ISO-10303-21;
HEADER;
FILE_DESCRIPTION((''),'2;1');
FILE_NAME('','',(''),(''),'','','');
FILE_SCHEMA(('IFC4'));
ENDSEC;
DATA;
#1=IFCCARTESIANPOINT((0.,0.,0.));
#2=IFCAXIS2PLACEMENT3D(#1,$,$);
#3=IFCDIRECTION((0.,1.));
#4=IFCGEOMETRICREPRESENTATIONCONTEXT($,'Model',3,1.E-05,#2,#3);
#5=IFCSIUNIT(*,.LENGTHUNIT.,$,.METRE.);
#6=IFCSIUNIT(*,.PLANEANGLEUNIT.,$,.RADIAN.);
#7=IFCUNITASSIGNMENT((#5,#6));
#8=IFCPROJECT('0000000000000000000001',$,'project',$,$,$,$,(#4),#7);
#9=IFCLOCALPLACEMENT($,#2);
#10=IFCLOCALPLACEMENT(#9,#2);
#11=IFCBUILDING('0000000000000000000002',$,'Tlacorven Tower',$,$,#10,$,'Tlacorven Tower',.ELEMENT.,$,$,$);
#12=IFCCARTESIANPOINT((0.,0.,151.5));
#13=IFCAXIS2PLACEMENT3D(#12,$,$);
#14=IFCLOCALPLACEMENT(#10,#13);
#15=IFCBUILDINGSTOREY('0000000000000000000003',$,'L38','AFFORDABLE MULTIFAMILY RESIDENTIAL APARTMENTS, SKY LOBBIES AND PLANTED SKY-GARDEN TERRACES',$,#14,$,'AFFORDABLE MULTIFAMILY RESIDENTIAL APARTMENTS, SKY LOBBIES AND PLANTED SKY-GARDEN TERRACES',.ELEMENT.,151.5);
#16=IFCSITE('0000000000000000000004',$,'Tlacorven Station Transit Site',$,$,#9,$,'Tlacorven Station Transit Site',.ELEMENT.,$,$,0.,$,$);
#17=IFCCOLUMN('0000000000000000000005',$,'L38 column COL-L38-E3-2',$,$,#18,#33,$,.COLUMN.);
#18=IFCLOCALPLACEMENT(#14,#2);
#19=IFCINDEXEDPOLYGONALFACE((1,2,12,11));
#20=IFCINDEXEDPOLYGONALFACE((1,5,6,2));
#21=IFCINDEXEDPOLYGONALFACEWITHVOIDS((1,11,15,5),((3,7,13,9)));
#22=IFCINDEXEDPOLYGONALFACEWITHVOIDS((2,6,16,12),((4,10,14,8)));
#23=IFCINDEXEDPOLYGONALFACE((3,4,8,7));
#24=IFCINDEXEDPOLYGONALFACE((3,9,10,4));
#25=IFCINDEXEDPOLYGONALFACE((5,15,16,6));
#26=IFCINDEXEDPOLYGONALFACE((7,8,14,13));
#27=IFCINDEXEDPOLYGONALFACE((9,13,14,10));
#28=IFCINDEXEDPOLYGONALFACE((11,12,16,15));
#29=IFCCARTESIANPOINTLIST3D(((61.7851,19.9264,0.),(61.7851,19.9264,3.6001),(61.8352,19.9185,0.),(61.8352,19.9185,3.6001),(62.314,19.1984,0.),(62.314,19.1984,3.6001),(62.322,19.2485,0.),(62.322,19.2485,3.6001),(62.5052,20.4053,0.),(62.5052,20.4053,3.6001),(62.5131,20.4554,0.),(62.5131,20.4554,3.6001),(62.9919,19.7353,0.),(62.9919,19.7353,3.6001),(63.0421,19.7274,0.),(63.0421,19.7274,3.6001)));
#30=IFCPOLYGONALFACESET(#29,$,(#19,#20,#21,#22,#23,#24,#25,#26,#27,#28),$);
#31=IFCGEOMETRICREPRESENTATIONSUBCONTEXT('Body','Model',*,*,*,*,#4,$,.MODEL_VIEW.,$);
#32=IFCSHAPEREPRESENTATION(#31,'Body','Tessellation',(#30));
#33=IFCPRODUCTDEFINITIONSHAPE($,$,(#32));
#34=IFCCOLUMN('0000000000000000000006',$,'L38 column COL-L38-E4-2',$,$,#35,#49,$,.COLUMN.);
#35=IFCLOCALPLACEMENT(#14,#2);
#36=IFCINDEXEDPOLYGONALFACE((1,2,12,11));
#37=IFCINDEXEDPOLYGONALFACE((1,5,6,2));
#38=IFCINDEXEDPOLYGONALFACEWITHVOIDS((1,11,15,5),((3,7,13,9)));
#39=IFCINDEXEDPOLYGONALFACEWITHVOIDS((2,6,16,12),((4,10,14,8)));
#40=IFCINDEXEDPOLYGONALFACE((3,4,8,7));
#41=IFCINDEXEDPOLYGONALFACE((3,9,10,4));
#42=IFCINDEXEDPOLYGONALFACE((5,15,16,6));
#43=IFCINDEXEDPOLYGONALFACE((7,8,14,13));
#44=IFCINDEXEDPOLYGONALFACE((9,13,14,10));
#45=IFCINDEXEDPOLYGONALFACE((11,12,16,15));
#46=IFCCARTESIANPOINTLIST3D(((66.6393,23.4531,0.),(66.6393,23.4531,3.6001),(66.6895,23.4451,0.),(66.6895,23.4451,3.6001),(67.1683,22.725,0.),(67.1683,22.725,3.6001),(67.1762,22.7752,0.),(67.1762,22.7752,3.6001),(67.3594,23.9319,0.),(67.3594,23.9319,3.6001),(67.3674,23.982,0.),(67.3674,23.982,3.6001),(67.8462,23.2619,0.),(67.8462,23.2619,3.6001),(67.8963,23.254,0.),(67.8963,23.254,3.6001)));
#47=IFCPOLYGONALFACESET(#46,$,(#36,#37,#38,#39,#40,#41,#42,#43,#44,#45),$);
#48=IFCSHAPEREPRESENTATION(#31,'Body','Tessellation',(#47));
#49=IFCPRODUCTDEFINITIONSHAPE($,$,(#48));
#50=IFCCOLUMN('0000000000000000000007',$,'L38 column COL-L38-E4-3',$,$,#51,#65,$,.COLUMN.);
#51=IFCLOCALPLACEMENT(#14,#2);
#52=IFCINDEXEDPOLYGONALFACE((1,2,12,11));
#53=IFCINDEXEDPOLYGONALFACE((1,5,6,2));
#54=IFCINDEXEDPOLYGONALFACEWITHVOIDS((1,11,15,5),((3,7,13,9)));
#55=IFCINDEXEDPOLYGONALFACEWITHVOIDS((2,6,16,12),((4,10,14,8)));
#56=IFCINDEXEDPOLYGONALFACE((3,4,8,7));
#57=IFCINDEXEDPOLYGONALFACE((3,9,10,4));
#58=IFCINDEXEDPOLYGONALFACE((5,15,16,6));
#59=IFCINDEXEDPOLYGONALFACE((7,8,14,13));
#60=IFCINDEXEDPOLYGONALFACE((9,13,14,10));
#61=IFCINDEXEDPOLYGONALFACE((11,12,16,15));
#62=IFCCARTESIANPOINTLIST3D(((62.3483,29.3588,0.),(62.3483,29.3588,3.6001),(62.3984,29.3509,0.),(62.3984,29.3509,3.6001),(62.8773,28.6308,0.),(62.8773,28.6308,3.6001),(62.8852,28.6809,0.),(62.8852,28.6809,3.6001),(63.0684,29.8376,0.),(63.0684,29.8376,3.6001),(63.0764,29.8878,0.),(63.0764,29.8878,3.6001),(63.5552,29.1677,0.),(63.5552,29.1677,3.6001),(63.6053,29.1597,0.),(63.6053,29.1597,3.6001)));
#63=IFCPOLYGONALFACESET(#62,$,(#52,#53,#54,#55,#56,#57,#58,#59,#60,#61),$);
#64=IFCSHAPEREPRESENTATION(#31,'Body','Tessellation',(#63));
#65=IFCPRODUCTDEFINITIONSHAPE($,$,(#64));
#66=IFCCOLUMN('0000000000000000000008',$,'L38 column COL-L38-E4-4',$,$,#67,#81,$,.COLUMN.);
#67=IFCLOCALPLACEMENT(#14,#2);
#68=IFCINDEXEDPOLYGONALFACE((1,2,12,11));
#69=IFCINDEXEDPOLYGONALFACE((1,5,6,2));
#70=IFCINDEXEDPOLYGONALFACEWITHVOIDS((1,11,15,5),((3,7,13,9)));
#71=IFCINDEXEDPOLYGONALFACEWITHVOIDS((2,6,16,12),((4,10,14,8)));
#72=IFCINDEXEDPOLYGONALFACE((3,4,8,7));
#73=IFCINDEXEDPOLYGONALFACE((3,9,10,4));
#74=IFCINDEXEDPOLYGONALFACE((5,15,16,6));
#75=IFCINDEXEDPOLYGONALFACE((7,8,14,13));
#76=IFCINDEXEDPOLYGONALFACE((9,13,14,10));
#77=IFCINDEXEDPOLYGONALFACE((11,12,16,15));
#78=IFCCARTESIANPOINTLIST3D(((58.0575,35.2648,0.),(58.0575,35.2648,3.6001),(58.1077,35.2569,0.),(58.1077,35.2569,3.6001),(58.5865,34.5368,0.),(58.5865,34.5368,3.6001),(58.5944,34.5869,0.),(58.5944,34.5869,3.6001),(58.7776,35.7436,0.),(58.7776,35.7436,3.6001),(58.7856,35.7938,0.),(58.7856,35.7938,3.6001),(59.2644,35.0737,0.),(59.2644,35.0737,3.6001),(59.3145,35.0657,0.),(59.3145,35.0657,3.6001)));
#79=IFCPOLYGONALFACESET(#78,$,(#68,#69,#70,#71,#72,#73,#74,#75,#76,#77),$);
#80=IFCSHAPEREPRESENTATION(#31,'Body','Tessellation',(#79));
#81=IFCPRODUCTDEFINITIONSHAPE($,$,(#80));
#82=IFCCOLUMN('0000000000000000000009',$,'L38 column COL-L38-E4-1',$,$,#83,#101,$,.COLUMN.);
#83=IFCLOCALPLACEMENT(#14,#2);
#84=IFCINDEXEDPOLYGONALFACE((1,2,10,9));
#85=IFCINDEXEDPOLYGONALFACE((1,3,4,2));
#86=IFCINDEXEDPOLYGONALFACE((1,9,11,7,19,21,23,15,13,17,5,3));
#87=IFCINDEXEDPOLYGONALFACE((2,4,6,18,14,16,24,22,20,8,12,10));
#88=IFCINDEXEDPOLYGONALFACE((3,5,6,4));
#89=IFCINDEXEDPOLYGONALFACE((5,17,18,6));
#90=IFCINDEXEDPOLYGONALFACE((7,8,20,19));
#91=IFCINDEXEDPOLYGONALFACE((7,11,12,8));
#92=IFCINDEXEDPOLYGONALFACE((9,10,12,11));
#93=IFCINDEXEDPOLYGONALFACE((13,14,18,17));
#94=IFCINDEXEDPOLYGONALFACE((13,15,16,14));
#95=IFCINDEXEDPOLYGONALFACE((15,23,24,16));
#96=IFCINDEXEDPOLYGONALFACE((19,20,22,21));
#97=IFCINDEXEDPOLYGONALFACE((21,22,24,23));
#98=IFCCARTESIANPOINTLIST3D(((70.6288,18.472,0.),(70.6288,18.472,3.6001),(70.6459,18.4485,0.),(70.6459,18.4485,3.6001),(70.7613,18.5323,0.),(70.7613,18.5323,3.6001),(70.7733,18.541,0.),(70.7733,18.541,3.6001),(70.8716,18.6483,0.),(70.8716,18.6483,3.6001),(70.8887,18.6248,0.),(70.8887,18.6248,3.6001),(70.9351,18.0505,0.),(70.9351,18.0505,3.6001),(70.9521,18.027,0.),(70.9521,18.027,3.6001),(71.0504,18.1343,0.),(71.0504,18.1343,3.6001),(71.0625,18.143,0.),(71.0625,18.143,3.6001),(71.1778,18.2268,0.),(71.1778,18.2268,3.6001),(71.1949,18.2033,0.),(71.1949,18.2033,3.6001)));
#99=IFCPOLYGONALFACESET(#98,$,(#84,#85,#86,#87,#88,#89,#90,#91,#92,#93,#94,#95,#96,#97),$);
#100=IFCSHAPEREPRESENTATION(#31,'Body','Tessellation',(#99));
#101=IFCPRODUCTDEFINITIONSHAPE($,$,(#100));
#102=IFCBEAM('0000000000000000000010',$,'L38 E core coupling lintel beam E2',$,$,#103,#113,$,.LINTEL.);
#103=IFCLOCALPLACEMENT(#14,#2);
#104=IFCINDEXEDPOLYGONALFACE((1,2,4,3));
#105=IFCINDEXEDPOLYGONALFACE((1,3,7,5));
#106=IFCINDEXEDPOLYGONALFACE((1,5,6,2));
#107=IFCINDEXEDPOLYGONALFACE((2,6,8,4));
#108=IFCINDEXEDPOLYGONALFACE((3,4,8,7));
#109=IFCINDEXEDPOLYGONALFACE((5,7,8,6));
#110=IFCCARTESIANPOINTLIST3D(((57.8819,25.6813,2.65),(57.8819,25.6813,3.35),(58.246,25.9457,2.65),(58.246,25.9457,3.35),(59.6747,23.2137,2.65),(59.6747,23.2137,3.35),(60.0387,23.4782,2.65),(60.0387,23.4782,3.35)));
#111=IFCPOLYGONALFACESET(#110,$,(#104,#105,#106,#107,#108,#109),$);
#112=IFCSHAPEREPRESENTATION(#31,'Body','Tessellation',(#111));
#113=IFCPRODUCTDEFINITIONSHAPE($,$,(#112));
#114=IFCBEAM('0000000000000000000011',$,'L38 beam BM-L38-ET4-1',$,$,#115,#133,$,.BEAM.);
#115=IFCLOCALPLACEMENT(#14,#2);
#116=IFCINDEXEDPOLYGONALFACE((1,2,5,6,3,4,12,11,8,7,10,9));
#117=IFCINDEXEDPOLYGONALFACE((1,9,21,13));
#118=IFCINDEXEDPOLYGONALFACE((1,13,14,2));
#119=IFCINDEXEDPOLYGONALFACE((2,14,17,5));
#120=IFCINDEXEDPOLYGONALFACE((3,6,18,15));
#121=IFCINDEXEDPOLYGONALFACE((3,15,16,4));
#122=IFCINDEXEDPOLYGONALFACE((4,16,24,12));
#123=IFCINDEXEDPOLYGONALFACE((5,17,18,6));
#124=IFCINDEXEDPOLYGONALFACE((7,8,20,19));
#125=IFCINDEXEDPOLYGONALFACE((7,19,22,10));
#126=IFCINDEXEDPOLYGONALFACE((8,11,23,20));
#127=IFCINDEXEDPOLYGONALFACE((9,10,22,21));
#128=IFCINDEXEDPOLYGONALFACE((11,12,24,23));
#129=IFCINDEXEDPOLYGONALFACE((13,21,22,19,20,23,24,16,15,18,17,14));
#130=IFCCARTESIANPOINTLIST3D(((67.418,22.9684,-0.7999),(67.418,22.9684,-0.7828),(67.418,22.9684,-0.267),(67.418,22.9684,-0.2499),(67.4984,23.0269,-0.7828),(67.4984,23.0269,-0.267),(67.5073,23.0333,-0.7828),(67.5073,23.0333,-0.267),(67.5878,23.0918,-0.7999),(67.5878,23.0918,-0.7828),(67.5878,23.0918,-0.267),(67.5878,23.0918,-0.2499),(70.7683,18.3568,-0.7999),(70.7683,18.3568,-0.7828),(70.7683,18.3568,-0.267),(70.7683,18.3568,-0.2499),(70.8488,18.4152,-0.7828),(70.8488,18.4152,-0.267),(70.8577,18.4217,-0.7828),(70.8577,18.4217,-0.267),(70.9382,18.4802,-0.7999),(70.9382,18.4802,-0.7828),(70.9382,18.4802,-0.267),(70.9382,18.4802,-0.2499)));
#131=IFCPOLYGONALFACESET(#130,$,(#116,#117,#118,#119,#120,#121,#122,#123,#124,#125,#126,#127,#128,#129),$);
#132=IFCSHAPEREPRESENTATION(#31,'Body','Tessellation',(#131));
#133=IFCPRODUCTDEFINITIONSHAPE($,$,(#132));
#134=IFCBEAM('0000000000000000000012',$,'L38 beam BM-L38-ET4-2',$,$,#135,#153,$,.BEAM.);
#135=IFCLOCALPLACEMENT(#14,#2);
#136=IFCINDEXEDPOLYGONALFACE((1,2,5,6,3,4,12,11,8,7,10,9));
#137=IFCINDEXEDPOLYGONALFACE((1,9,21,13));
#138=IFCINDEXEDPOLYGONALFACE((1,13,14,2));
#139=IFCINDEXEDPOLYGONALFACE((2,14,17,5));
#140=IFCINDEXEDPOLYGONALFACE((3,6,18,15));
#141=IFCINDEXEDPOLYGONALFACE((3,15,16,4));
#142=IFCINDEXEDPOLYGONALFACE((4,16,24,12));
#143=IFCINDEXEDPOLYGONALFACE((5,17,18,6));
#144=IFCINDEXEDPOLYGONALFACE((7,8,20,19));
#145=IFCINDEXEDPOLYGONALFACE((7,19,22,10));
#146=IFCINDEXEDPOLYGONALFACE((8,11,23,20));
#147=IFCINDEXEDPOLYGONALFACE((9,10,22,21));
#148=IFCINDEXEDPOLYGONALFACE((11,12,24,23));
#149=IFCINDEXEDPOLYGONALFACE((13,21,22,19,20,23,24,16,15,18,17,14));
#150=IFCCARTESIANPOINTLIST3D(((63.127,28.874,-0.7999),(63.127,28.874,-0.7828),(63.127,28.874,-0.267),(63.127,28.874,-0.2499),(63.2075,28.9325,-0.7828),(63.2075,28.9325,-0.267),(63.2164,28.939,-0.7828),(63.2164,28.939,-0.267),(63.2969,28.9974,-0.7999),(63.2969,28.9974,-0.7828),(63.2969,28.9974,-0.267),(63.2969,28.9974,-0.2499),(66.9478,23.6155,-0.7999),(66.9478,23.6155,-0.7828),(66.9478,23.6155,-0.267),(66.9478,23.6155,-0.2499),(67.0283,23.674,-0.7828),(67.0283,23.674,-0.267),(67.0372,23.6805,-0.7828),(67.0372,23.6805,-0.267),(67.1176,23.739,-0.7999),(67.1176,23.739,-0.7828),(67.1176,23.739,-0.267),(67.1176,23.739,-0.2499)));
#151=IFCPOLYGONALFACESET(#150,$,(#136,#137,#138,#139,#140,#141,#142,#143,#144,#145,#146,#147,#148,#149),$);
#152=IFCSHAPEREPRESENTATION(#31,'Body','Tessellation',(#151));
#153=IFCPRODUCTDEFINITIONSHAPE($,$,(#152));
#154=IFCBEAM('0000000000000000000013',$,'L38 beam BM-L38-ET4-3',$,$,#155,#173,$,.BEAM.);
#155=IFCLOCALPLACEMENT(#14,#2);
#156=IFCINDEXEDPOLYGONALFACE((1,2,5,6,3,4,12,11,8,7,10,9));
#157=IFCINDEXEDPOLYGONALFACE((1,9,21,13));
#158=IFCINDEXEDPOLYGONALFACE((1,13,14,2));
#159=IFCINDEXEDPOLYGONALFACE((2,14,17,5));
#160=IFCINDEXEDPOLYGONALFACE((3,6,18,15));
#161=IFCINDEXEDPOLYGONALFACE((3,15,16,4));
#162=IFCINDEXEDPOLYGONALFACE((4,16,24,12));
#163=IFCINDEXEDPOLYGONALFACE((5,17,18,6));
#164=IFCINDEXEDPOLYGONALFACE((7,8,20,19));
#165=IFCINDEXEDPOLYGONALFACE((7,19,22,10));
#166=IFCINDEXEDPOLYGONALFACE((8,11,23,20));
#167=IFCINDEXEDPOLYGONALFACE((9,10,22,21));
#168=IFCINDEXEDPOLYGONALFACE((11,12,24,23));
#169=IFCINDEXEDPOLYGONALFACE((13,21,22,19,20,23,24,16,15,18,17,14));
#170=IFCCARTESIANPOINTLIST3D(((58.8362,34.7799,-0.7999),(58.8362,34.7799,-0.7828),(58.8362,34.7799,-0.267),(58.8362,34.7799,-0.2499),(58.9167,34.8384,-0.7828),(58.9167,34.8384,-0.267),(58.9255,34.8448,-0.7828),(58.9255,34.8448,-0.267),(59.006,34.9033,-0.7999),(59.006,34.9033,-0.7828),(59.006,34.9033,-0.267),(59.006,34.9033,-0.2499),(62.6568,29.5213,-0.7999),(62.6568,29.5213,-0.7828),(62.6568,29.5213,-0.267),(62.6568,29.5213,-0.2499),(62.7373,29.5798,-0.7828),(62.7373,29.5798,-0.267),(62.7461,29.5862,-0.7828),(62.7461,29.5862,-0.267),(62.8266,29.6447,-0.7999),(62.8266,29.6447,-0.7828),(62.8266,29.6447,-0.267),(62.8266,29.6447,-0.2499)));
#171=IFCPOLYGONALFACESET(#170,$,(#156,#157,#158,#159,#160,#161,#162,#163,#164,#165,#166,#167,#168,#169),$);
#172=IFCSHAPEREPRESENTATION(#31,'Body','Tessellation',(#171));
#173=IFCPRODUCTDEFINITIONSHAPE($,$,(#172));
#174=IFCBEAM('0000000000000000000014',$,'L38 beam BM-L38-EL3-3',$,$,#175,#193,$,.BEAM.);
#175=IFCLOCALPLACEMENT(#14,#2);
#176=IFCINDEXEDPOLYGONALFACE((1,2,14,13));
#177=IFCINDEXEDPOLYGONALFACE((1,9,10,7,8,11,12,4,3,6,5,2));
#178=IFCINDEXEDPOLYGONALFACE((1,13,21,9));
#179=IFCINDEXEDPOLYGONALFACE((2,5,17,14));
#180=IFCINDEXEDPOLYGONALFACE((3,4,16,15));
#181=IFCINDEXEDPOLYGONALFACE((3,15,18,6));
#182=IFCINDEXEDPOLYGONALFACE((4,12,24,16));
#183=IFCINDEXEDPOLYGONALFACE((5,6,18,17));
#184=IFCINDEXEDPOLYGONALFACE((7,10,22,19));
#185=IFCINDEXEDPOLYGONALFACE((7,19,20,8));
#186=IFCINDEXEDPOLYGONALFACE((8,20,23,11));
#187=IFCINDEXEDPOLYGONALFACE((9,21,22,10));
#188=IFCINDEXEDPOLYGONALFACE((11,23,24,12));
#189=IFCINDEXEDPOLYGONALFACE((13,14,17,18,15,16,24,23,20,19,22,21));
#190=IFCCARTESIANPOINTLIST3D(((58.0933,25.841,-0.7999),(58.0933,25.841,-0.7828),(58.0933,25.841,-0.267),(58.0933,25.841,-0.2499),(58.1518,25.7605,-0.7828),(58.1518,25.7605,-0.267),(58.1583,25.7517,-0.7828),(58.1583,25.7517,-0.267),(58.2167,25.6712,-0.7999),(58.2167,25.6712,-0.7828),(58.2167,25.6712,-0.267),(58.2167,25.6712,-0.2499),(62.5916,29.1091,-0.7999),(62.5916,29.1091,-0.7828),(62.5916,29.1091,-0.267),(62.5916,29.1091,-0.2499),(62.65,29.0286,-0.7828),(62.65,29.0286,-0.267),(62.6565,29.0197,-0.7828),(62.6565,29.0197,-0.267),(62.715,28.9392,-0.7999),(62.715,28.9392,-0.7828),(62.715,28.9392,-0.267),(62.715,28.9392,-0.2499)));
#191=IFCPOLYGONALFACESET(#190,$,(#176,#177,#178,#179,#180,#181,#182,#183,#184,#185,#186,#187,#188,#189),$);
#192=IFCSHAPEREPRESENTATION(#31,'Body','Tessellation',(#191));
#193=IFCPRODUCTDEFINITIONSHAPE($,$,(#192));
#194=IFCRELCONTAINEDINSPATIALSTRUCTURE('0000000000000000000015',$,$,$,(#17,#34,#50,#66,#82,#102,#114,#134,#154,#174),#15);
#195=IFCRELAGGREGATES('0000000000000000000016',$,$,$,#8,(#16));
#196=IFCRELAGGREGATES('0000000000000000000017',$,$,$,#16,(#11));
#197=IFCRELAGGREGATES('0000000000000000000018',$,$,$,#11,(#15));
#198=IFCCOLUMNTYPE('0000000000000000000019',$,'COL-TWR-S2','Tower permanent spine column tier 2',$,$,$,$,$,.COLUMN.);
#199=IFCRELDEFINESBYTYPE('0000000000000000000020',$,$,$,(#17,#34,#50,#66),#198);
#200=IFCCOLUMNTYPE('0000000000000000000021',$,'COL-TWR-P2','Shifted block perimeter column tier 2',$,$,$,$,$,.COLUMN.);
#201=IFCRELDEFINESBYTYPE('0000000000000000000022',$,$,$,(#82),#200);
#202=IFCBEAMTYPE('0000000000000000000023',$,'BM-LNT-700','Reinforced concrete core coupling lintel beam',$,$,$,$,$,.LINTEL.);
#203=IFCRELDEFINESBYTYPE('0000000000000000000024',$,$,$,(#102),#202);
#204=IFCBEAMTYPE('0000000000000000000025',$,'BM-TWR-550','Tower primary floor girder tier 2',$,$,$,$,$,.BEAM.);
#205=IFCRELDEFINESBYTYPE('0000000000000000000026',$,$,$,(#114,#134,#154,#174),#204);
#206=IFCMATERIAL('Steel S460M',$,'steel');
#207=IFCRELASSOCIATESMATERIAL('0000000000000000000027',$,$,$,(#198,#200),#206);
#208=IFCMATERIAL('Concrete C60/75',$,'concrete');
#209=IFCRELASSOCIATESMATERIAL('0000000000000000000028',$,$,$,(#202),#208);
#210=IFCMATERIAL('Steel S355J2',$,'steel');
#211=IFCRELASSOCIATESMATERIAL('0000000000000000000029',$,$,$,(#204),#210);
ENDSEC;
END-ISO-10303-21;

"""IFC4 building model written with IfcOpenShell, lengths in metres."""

from ifc_helpers import new_model, si_unit, direction, frame, origin, origin_2d, place, context, subcontext, project, spatial, rectangle, hollow_rectangle, i_section, extrude, source, transform, mapped, material, material_profile, profile_set, type_object, element, save


model = new_model("IFC4")

# Units and contexts
model_context = context("Model", 3, precision=1e-05, world=origin(), true_north=direction((0.0, 1.0)))
body_context = subcontext(model_context, "Body", "Model", "MODEL_VIEW")
ifc_project = project(units=[si_unit("LENGTHUNIT", "METRE"), si_unit("PLANEANGLEUNIT", "RADIAN")], contexts=[model_context])

# Site, building, storey
site_placement = place(None, origin())
site = spatial("IfcSite", under=ifc_project, at=site_placement, Name="Tlacorven Station Transit Site", LongName="Tlacorven Station Transit Site", CompositionType="ELEMENT", RefElevation=0.0)
building_placement = place(site_placement, origin())
building = spatial("IfcBuilding", under=site, at=building_placement, Name="Tlacorven Tower", LongName="Tlacorven Tower", CompositionType="ELEMENT")
storey_placement = place(building_placement, frame((0.0, 0.0, 151.5)))
storey = spatial("IfcBuildingStorey", under=building, at=storey_placement, Name="L38", Description="AFFORDABLE MULTIFAMILY RESIDENTIAL APARTMENTS, SKY LOBBIES AND PLANTED SKY-GARDEN TERRACES", LongName="AFFORDABLE MULTIFAMILY RESIDENTIAL APARTMENTS, SKY LOBBIES AND PLANTED SKY-GARDEN TERRACES", CompositionType="ELEMENT", Elevation=151.5)

# Columns
ifc_material_1 = material(Name="Steel S460M", Category="steel")
ifc_material_profile_1 = material_profile(ifc_material_1, hollow_rectangle(XDim=0.8999, YDim=0.8999, WallThickness=0.0359, at=origin_2d()), Name="BOX 900X900X36")
ifc_profile_set_1 = profile_set([ifc_material_profile_1], Name="Steel S460M")
column_type_1 = type_object("IfcColumnType", Name="COL-TWR-S2", Description="Tower permanent spine column tier 2", PredefinedType="COLUMN", material=ifc_profile_set_1)
shared_shape_1 = source(origin(), body_context, "Body", "SweptSolid", [
    extrude(hollow_rectangle(XDim=0.8999, YDim=0.8999, WallThickness=0.0359, at=origin_2d()), origin(), (0.0, 0.0, 1.0), 3.6001),
])
for number, where, z_axis, x_axis, name in (
    (1, (62.4136, 19.8269, 0.0), (0.0, 0.0, 1.0), (0.809017, 0.587785, 0.0), "L38 column COL-L38-E3-2"),
    (2, (67.2678, 23.3535, 0.0), (0.0, 0.0, 1.0), (0.809017, 0.587785, 0.0), "L38 column COL-L38-E4-2"),
    (3, (62.9768, 29.2593, 0.0), (0.0, 0.0, 1.0), (0.809017, 0.587785, 0.0), "L38 column COL-L38-E4-3"),
    (4, (58.686, 35.1653, 0.0), (0.0, 0.0, 1.0), (0.809017, 0.587785, 0.0), "L38 column COL-L38-E4-4"),
):
    element("IfcColumn", number, at=place(storey_placement, frame(where, z_axis=z_axis, x_axis=x_axis)), inside=storey, type_object=column_type_1, Name=name, PredefinedType="COLUMN", context=body_context, shape_type="MappedRepresentation", body=[
        mapped(shared_shape_1, transform((0.0, 0.0, 0.0), scale=1.0)),
    ])
ifc_material_profile_2 = material_profile(ifc_material_1, i_section(OverallWidth=0.3, OverallDepth=0.55, WebThickness=0.0149, FlangeThickness=0.0291, at=origin_2d()), Name="HEB 550")
ifc_profile_set_2 = profile_set([ifc_material_profile_2], Name="Steel S460M")
column_type_2 = type_object("IfcColumnType", Name="COL-TWR-P2", Description="Shifted block perimeter column tier 2", PredefinedType="COLUMN", material=ifc_profile_set_2)
shared_shape_2 = source(origin(), body_context, "Body", "SweptSolid", [
    extrude(i_section(OverallWidth=0.3, OverallDepth=0.55, WebThickness=0.0149, FlangeThickness=0.0291, at=origin_2d()), origin(), (0.0, 0.0, 1.0), 3.6001),
])
column_placement = place(storey_placement, frame((70.9119, 18.3376, 0.0), z_axis=(0.0, 0.0, 1.0), x_axis=(0.809017, 0.587785, 0.0)))
element("IfcColumn", 5, at=column_placement, inside=storey, type_object=column_type_2, Name="L38 column COL-L38-E4-1", PredefinedType="COLUMN", context=body_context, shape_type="MappedRepresentation", body=[
    mapped(shared_shape_2, transform((0.0, 0.0, 0.0), scale=1.0)),
])

# Beams
ifc_material_2 = material(Name="Concrete C60/75", Category="concrete")
ifc_material_profile_3 = material_profile(ifc_material_2, rectangle(XDim=0.45, YDim=0.7, at=origin_2d()), Name="RC 450X700")
ifc_profile_set_3 = profile_set([ifc_material_profile_3], Name="Concrete C60/75")
beam_type_1 = type_object("IfcBeamType", Name="BM-LNT-700", Description="Reinforced concrete core coupling lintel beam", PredefinedType="LINTEL", material=ifc_profile_set_3)
shared_shape_3 = source(origin(), body_context, "Body", "SweptSolid", [
    extrude(rectangle(XDim=0.45, YDim=0.7, at=origin_2d()), origin(), (0.0, 0.0, 1.0), 3.05),
])
beam_1_placement = place(storey_placement, frame((59.8567, 23.3459, 3.0), z_axis=(-0.587777, 0.809023, 0.0), x_axis=(-0.809023, -0.587777, 0.0)))
element("IfcBeam", 6, at=beam_1_placement, inside=storey, type_object=beam_type_1, Name="L38 E core coupling lintel beam E2", PredefinedType="LINTEL", context=body_context, shape_type="MappedRepresentation", body=[
    mapped(shared_shape_3, transform((0.0, 0.0, 0.0), scale=1.0)),
])
ifc_material_3 = material(Name="Steel S355J2", Category="steel")
ifc_material_profile_4 = material_profile(ifc_material_3, i_section(OverallWidth=0.21, OverallDepth=0.55, WebThickness=0.011, FlangeThickness=0.0171, at=origin_2d()), Name="IPE 550")
ifc_profile_set_4 = profile_set([ifc_material_profile_4], Name="Steel S355J2")
beam_type_2 = type_object("IfcBeamType", Name="BM-TWR-550", Description="Tower primary floor girder tier 2", PredefinedType="BEAM", material=ifc_profile_set_4)
shared_shape_4 = source(origin(), body_context, "Body", "SweptSolid", [
    extrude(i_section(OverallWidth=0.21, OverallDepth=0.55, WebThickness=0.011, FlangeThickness=0.0171, at=origin_2d()), origin(), (0.0, 0.0, 1.0), 5.7002),
])
beam_2_placement = place(storey_placement, frame((70.8533, 18.4185, -0.5249), z_axis=(-0.587767, 0.80903, 0.0), x_axis=(-0.80903, -0.587767, 0.0)))
element("IfcBeam", 7, at=beam_2_placement, inside=storey, type_object=beam_type_2, Name="L38 beam BM-L38-ET4-1", PredefinedType="BEAM", context=body_context, shape_type="MappedRepresentation", body=[
    mapped(shared_shape_4, transform((0.0, 0.0, 0.0), scale=1.0)),
])
shared_shape_5 = source(origin(), body_context, "Body", "SweptSolid", [
    extrude(i_section(OverallWidth=0.21, OverallDepth=0.55, WebThickness=0.011, FlangeThickness=0.0171, at=origin_2d()), origin(), (0.0, 0.0, 1.0), 6.5),
])
for number, where, z_axis, x_axis, name in (
    (8, (67.0327, 23.6772, -0.5249), (-0.58781, 0.808999, 0.0), (-0.808999, -0.58781, 0.0), "L38 beam BM-L38-ET4-2"),
    (9, (62.7417, 29.583, -0.5249), (-0.587785, 0.809017, 0.0), (-0.809017, -0.587785, 0.0), "L38 beam BM-L38-ET4-3"),
):
    element("IfcBeam", number, at=place(storey_placement, frame(where, z_axis=z_axis, x_axis=x_axis)), inside=storey, type_object=beam_type_2, Name=name, PredefinedType="BEAM", context=body_context, shape_type="MappedRepresentation", body=[
        mapped(shared_shape_5, transform((0.0, 0.0, 0.0), scale=1.0)),
    ])
shared_shape_6 = source(origin(), body_context, "Body", "SweptSolid", [
    extrude(i_section(OverallWidth=0.21, OverallDepth=0.55, WebThickness=0.011, FlangeThickness=0.0171, at=origin_2d()), origin(), (0.0, 0.0, 1.0), 5.5601),
])
beam_3_placement = place(storey_placement, frame((58.155, 25.7561, -0.5249), z_axis=(0.809028, 0.58777, 0.0), x_axis=(-0.58777, 0.809028, 0.0)))
element("IfcBeam", 10, at=beam_3_placement, inside=storey, type_object=beam_type_2, Name="L38 beam BM-L38-EL3-3", PredefinedType="BEAM", context=body_context, shape_type="MappedRepresentation", body=[
    mapped(shared_shape_6, transform((0.0, 0.0, 0.0), scale=1.0)),
])

save(model, "model.ifc")
